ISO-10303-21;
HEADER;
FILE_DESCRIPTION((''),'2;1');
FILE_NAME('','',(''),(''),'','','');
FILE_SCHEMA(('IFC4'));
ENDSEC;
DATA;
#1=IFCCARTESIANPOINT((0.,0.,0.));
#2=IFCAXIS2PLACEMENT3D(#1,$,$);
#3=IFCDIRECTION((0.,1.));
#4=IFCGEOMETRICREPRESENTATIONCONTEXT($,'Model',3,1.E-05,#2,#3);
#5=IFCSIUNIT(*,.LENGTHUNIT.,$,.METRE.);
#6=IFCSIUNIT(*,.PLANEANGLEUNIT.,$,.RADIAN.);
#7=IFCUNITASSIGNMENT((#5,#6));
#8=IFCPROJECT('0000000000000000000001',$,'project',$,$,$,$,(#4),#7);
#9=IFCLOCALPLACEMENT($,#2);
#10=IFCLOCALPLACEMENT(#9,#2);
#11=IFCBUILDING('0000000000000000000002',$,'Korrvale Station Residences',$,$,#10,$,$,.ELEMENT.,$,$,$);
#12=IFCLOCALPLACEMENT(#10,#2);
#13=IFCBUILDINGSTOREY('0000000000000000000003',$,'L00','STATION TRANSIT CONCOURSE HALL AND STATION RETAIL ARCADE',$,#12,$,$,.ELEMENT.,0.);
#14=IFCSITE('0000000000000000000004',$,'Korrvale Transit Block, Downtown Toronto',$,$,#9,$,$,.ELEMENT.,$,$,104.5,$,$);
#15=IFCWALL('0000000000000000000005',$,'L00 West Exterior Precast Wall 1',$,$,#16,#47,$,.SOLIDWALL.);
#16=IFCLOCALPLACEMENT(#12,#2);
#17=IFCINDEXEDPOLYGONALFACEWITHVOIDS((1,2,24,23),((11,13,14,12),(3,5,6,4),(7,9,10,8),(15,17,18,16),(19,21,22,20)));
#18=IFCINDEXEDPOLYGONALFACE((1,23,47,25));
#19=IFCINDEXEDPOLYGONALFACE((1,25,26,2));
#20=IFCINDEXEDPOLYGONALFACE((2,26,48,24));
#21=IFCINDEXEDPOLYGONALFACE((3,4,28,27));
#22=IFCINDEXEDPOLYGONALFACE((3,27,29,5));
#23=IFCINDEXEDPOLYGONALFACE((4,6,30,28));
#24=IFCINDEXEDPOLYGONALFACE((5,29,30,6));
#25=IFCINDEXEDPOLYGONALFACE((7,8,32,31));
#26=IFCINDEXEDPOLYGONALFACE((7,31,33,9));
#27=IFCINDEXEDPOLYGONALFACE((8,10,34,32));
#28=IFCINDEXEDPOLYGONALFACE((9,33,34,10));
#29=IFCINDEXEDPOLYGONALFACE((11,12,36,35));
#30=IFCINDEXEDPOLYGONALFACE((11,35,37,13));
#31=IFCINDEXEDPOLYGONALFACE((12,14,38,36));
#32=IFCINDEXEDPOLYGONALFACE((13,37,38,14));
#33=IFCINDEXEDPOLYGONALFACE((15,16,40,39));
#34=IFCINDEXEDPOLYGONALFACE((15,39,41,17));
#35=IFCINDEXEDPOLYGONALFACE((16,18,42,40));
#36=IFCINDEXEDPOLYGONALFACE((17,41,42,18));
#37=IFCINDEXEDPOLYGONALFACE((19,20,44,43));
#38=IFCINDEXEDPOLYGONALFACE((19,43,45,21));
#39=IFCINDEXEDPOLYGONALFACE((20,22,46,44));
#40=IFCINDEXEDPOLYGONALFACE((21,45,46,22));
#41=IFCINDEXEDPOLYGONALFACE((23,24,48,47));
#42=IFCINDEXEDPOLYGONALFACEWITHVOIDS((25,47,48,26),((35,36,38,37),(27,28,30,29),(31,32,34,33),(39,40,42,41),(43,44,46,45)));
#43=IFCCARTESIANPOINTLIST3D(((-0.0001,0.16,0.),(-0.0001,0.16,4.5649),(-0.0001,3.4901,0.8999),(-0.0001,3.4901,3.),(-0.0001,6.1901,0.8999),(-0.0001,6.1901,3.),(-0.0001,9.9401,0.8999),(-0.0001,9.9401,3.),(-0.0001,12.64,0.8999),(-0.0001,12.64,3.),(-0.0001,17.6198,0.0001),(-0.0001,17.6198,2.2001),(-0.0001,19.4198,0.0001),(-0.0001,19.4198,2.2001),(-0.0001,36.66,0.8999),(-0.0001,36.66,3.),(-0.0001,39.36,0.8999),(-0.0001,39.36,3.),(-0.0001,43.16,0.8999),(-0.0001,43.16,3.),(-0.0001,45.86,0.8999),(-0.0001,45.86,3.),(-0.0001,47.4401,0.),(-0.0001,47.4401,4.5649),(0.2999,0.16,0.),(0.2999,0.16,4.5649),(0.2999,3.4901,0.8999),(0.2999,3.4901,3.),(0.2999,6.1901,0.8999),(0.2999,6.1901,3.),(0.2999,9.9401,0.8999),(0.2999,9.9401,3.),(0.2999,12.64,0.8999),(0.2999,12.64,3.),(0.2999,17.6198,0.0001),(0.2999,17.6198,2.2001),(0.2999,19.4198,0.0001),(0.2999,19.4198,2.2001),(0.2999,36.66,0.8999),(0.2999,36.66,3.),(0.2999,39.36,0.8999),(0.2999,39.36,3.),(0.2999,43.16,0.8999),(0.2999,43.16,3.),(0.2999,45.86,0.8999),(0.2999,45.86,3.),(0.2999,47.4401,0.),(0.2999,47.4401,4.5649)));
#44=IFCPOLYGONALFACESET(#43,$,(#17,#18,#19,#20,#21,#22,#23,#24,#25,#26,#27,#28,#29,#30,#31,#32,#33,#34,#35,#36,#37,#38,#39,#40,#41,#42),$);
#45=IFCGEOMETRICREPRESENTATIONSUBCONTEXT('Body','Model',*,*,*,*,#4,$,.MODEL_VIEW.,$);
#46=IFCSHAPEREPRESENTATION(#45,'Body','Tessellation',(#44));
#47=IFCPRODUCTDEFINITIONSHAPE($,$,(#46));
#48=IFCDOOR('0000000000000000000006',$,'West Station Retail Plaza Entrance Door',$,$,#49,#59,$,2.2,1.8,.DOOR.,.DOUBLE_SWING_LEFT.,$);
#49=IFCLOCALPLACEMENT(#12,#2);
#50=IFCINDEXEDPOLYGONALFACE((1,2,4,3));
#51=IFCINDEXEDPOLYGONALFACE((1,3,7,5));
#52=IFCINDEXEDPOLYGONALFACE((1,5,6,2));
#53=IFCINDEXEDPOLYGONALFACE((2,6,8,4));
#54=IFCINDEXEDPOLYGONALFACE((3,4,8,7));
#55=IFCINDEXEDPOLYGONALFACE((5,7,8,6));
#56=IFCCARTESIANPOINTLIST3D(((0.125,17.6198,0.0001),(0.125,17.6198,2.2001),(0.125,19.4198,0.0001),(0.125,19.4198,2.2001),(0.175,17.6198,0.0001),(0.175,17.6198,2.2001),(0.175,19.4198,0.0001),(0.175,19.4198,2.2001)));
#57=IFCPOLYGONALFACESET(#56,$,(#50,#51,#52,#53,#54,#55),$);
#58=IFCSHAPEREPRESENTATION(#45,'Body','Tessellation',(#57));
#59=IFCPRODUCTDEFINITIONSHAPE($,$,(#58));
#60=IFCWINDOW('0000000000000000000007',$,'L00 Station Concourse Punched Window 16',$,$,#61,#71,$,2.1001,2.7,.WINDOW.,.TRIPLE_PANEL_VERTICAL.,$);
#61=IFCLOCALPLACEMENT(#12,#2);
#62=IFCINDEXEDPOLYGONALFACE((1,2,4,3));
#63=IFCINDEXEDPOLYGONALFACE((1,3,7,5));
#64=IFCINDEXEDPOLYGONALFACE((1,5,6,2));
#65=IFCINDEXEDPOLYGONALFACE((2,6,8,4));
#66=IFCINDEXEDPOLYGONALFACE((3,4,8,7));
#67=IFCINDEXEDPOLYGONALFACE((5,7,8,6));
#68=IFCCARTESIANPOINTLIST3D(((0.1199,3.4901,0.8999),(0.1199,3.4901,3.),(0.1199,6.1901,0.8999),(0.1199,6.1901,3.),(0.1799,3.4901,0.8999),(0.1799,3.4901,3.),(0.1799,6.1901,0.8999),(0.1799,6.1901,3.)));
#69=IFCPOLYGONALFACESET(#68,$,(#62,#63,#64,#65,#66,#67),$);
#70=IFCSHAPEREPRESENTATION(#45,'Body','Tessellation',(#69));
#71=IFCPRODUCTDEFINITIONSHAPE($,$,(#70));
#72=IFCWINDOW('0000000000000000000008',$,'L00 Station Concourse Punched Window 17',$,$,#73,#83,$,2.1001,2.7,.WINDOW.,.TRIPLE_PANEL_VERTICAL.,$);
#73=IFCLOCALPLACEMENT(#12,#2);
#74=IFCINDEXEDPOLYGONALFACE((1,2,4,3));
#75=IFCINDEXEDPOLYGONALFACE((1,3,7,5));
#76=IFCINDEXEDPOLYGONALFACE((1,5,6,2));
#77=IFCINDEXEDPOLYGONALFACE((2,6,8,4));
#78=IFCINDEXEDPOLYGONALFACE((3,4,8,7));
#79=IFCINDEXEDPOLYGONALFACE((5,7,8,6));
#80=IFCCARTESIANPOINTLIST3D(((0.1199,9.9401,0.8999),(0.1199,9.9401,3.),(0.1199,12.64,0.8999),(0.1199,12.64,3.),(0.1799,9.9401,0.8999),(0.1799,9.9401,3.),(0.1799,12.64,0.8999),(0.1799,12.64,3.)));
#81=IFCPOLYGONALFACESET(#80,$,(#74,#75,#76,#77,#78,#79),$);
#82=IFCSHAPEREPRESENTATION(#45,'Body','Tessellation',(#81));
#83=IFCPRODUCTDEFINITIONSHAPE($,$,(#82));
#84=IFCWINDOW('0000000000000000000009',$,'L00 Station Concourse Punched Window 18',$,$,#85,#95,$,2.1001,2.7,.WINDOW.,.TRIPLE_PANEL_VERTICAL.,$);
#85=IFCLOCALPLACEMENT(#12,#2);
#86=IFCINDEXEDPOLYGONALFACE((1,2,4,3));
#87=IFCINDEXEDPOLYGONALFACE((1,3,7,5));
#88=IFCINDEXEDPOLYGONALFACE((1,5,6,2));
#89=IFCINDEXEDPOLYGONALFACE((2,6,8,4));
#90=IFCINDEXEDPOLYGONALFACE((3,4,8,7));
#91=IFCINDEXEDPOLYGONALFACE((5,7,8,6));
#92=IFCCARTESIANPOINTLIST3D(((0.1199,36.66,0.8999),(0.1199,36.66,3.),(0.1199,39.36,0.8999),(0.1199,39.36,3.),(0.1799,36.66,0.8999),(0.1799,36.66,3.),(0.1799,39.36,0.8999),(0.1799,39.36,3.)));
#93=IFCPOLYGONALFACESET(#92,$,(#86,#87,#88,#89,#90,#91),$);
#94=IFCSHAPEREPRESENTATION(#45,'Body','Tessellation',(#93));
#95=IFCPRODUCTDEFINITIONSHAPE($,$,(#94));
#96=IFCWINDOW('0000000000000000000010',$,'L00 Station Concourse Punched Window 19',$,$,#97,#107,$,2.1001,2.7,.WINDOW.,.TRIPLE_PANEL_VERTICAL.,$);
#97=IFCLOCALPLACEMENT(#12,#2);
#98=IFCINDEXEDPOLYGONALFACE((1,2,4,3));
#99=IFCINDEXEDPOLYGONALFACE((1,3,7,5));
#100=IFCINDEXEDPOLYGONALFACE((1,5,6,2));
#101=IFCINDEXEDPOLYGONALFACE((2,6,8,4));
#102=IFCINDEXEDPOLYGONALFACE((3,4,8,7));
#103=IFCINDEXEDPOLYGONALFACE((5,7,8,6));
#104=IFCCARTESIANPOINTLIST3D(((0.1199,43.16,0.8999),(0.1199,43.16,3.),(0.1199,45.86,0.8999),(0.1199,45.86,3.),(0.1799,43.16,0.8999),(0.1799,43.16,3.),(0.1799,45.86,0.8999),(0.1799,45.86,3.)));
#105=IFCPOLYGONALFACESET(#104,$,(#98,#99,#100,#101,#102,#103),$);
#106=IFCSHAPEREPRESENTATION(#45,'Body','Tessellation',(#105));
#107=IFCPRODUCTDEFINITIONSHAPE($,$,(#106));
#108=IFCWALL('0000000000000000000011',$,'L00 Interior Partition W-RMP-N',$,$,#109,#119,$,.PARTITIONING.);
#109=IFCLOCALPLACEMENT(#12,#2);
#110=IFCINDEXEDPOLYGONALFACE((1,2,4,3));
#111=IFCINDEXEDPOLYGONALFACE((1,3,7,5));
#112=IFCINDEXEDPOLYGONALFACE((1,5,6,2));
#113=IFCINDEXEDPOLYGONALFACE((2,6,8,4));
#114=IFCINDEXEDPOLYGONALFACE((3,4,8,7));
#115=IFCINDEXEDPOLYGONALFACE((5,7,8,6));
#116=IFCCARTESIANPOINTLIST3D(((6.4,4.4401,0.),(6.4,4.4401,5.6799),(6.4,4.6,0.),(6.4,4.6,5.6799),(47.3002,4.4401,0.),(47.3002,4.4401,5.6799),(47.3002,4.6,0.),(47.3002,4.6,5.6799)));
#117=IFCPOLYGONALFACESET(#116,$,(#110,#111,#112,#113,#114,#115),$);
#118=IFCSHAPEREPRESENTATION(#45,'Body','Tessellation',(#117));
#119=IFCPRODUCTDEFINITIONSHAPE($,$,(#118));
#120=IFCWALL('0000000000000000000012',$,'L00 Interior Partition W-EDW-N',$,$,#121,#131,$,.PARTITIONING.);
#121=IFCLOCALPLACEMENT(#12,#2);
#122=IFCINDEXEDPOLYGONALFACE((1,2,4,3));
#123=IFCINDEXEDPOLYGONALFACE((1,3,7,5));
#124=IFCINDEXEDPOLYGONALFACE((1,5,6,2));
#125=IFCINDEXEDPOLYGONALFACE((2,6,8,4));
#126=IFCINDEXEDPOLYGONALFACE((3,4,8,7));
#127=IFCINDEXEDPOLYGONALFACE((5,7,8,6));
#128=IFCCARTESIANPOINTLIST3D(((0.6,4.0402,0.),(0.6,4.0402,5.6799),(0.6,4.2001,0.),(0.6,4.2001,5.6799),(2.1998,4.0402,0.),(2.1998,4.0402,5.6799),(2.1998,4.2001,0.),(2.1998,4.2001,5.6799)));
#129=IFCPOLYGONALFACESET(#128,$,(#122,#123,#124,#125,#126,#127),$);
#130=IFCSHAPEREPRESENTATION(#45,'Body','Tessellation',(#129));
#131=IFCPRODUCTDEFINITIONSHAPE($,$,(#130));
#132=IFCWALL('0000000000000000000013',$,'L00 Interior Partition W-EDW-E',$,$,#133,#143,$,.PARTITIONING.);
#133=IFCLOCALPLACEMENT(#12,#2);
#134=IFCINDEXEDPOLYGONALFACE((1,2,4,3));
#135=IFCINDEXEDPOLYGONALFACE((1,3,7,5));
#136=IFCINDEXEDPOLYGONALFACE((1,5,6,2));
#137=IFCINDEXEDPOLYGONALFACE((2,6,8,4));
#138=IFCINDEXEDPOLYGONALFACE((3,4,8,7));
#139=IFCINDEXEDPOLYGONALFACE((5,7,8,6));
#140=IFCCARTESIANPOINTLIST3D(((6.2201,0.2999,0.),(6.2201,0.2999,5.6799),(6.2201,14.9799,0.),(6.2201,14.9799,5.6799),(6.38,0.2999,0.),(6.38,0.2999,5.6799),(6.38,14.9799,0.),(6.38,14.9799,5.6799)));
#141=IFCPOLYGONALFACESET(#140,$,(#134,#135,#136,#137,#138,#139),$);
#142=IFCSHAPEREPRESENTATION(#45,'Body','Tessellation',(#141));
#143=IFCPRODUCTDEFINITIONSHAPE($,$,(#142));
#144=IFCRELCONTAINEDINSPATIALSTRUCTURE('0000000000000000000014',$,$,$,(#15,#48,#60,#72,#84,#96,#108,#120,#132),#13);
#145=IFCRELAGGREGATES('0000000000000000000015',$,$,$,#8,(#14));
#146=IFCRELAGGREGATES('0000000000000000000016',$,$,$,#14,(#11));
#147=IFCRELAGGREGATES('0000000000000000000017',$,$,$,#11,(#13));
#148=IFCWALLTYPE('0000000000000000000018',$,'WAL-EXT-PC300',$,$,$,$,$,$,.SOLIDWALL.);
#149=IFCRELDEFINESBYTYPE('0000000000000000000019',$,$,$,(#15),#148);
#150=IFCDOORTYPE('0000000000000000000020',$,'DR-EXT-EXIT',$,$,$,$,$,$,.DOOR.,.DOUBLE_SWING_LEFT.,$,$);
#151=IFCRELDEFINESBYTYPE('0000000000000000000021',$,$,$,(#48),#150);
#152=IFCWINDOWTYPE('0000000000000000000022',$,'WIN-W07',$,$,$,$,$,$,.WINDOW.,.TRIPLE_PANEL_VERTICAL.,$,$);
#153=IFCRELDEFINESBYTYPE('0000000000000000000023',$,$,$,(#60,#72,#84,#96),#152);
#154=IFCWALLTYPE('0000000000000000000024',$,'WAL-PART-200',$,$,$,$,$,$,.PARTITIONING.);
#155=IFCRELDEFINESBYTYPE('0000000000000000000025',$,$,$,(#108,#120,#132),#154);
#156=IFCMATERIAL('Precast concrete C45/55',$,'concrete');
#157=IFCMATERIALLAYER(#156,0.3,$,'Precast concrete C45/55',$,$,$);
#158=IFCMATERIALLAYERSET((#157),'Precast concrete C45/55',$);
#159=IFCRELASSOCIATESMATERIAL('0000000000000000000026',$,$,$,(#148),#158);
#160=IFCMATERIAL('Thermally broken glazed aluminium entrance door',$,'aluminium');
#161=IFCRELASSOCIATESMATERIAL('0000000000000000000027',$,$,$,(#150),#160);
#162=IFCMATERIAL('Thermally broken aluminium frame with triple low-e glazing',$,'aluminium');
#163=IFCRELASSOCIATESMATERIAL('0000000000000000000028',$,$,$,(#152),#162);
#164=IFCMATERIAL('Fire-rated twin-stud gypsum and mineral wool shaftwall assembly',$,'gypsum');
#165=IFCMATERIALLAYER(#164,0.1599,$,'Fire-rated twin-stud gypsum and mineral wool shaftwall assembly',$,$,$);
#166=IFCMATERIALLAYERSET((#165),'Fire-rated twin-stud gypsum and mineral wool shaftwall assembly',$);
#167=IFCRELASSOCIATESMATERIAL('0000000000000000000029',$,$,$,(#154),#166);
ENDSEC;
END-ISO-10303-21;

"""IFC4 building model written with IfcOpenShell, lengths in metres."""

from ifc_helpers import new_model, si_unit, direction, frame, frame_2d, origin, place, context, subcontext, project, spatial, rectangle, extrude, material, layer, layer_set, type_object, element, fill, save


model = new_model("IFC4")

# Units and contexts
model_context = context("Model", 3, precision=1e-05, world=origin(), true_north=direction((0.0, 1.0)))
body_context = subcontext(model_context, "Body", "Model", "MODEL_VIEW")
ifc_project = project(units=[si_unit("LENGTHUNIT", "METRE"), si_unit("PLANEANGLEUNIT", "RADIAN")], contexts=[model_context])

# Site, building, storey
site_placement = place(None, origin())
site = spatial("IfcSite", under=ifc_project, at=site_placement, Name="Korrvale Transit Block, Downtown Toronto", CompositionType="ELEMENT", RefElevation=104.5)
building_placement = place(site_placement, origin())
building = spatial("IfcBuilding", under=site, at=building_placement, Name="Korrvale Station Residences", CompositionType="ELEMENT")
storey_placement = place(building_placement, origin())
storey = spatial("IfcBuildingStorey", under=building, at=storey_placement, Name="L00", Description="STATION TRANSIT CONCOURSE HALL AND STATION RETAIL ARCADE", CompositionType="ELEMENT", Elevation=0.0)

# Wall, openings, door, windows
ifc_material_1 = material(Name="Precast concrete C45/55", Category="concrete")
ifc_layer_1 = layer(ifc_material_1, 0.3, Name="Precast concrete C45/55")
ifc_layer_set_1 = layer_set([ifc_layer_1], Name="Precast concrete C45/55")
wall_type_1 = type_object("IfcWallType", Name="WAL-EXT-PC300", PredefinedType="SOLIDWALL", material=ifc_layer_set_1)
wall_1_placement = place(storey_placement, frame((0.1499, 0.1599, 0.0), z_axis=(0.0, 0.0, 1.0), x_axis=(0.0, 1.0, 0.0)))
wall_1 = element("IfcWall", 1, at=wall_1_placement, inside=storey, type_object=wall_type_1, Name="L00 West Exterior Precast Wall 1", PredefinedType="SOLIDWALL", context=body_context, shape_type="SweptSolid", body=[
    extrude(rectangle(XDim=47.28, YDim=0.3, at=frame_2d((23.6401, 0.0))), origin(), (0.0, 0.0, 1.0), 4.5649),
])
opening_1_placement = place(wall_1_placement, frame((17.46, 0.0, 0.0)))
opening_1 = element("IfcOpeningElement", 2, at=opening_1_placement, cuts=wall_1, PredefinedType="OPENING", context=body_context, shape_type="SweptSolid", body=[
    extrude(rectangle(XDim=1.8, YDim=2.2, at=frame_2d((0.8999, 1.1001))), frame((0.0, 0.1602, 0.0), z_axis=(0.0, -1.0, 0.0), x_axis=(1.0, 0.0, 0.0)), (0.0, 0.0, 1.0), 0.3201),
])
opening_2_placement = place(wall_1_placement, frame((3.3301, 0.0, 0.8999)))
opening_2 = element("IfcOpeningElement", 3, at=opening_2_placement, cuts=wall_1, PredefinedType="OPENING", context=body_context, shape_type="SweptSolid", body=[
    extrude(rectangle(XDim=2.7, YDim=2.1001, at=frame_2d((1.3501, 1.05))), frame((0.0, 0.1602, 0.0), z_axis=(0.0, -1.0, 0.0), x_axis=(1.0, 0.0, 0.0)), (0.0, 0.0, 1.0), 0.3201),
])
opening_3_placement = place(wall_1_placement, frame((9.78, 0.0, 0.8999)))
opening_3 = element("IfcOpeningElement", 4, at=opening_3_placement, cuts=wall_1, PredefinedType="OPENING", context=body_context, shape_type="SweptSolid", body=[
    extrude(rectangle(XDim=2.7, YDim=2.1001, at=frame_2d((1.3501, 1.05))), frame((0.0, 0.1602, 0.0), z_axis=(0.0, -1.0, 0.0), x_axis=(1.0, 0.0, 0.0)), (0.0, 0.0, 1.0), 0.3201),
])
opening_4_placement = place(wall_1_placement, frame((36.5, 0.0, 0.8999)))
opening_4 = element("IfcOpeningElement", 5, at=opening_4_placement, cuts=wall_1, PredefinedType="OPENING", context=body_context, shape_type="SweptSolid", body=[
    extrude(rectangle(XDim=2.7, YDim=2.1001, at=frame_2d((1.3501, 1.05))), frame((0.0, 0.1602, 0.0), z_axis=(0.0, -1.0, 0.0), x_axis=(1.0, 0.0, 0.0)), (0.0, 0.0, 1.0), 0.3201),
])
opening_5_placement = place(wall_1_placement, frame((43.0, 0.0, 0.8999)))
opening_5 = element("IfcOpeningElement", 6, at=opening_5_placement, cuts=wall_1, PredefinedType="OPENING", context=body_context, shape_type="SweptSolid", body=[
    extrude(rectangle(XDim=2.7, YDim=2.1001, at=frame_2d((1.3501, 1.05))), frame((0.0, 0.1602, 0.0), z_axis=(0.0, -1.0, 0.0), x_axis=(1.0, 0.0, 0.0)), (0.0, 0.0, 1.0), 0.3201),
])
ifc_material_2 = material(Name="Thermally broken glazed aluminium entrance door", Category="aluminium")
door_type_1 = type_object("IfcDoorType", Name="DR-EXT-EXIT", OperationType="DOUBLE_SWING_LEFT", PredefinedType="DOOR", material=ifc_material_2)
door_1_placement = place(opening_1_placement, origin())
door_1 = element("IfcDoor", 7, at=door_1_placement, inside=storey, type_object=door_type_1, Name="West Station Retail Plaza Entrance Door", OperationType="DOUBLE_SWING_LEFT", OverallHeight=2.2, OverallWidth=1.8, PredefinedType="DOOR", context=body_context, shape_type="SweptSolid", body=[
    extrude(rectangle(XDim=1.8, YDim=2.2, at=frame_2d((0.8999, 1.1001))), frame((0.0, 0.0249, 0.0), z_axis=(0.0, -1.0, 0.0), x_axis=(1.0, 0.0, 0.0)), (0.0, 0.0, 1.0), 0.05),
])
fill(opening_1, door_1)
ifc_material_3 = material(Name="Thermally broken aluminium frame with triple low-e glazing", Category="aluminium")
window_type = type_object("IfcWindowType", Name="WIN-W07", PartitioningType="TRIPLE_PANEL_VERTICAL", PredefinedType="WINDOW", material=ifc_material_3)
window_1_placement = place(opening_2_placement, origin())
window_1 = element("IfcWindow", 8, at=window_1_placement, inside=storey, type_object=window_type, Name="L00 Station Concourse Punched Window 16", OverallHeight=2.1001, OverallWidth=2.7, PartitioningType="TRIPLE_PANEL_VERTICAL", PredefinedType="WINDOW", context=body_context, shape_type="SweptSolid", body=[
    extrude(rectangle(XDim=2.7, YDim=2.1001, at=frame_2d((1.3501, 1.05))), frame((0.0, 0.03, 0.0), z_axis=(0.0, -1.0, 0.0), x_axis=(1.0, 0.0, 0.0)), (0.0, 0.0, 1.0), 0.0601),
])
fill(opening_2, window_1)
window_2_placement = place(opening_3_placement, origin())
window_2 = element("IfcWindow", 9, at=window_2_placement, inside=storey, type_object=window_type, Name="L00 Station Concourse Punched Window 17", OverallHeight=2.1001, OverallWidth=2.7, PartitioningType="TRIPLE_PANEL_VERTICAL", PredefinedType="WINDOW", context=body_context, shape_type="SweptSolid", body=[
    extrude(rectangle(XDim=2.7, YDim=2.1001, at=frame_2d((1.3501, 1.05))), frame((0.0, 0.03, 0.0), z_axis=(0.0, -1.0, 0.0), x_axis=(1.0, 0.0, 0.0)), (0.0, 0.0, 1.0), 0.0601),
])
fill(opening_3, window_2)
window_3_placement = place(opening_4_placement, origin())
window_3 = element("IfcWindow", 10, at=window_3_placement, inside=storey, type_object=window_type, Name="L00 Station Concourse Punched Window 18", OverallHeight=2.1001, OverallWidth=2.7, PartitioningType="TRIPLE_PANEL_VERTICAL", PredefinedType="WINDOW", context=body_context, shape_type="SweptSolid", body=[
    extrude(rectangle(XDim=2.7, YDim=2.1001, at=frame_2d((1.3501, 1.05))), frame((0.0, 0.03, 0.0), z_axis=(0.0, -1.0, 0.0), x_axis=(1.0, 0.0, 0.0)), (0.0, 0.0, 1.0), 0.0601),
])
fill(opening_4, window_3)
window_4_placement = place(opening_5_placement, origin())
window_4 = element("IfcWindow", 11, at=window_4_placement, inside=storey, type_object=window_type, Name="L00 Station Concourse Punched Window 19", OverallHeight=2.1001, OverallWidth=2.7, PartitioningType="TRIPLE_PANEL_VERTICAL", PredefinedType="WINDOW", context=body_context, shape_type="SweptSolid", body=[
    extrude(rectangle(XDim=2.7, YDim=2.1001, at=frame_2d((1.3501, 1.05))), frame((0.0, 0.03, 0.0), z_axis=(0.0, -1.0, 0.0), x_axis=(1.0, 0.0, 0.0)), (0.0, 0.0, 1.0), 0.0601),
])
fill(opening_5, window_4)

# Walls
ifc_material_4 = material(Name="Fire-rated twin-stud gypsum and mineral wool shaftwall assembly", Category="gypsum")
ifc_layer_2 = layer(ifc_material_4, 0.1599, Name="Fire-rated twin-stud gypsum and mineral wool shaftwall assembly")
ifc_layer_set_2 = layer_set([ifc_layer_2], Name="Fire-rated twin-stud gypsum and mineral wool shaftwall assembly")
wall_type_2 = type_object("IfcWallType", Name="WAL-PART-200", PredefinedType="PARTITIONING", material=ifc_layer_set_2)
wall_2_placement = place(storey_placement, frame((6.3999, 4.52, 0.0), z_axis=(0.0, 0.0, 1.0), x_axis=(1.0, 0.0, 0.0)))
element("IfcWall", 12, at=wall_2_placement, inside=storey, type_object=wall_type_2, Name="L00 Interior Partition W-RMP-N", PredefinedType="PARTITIONING", context=body_context, shape_type="SweptSolid", body=[
    extrude(rectangle(XDim=40.9001, YDim=0.1599, at=frame_2d((20.4502, 0.0))), origin(), (0.0, 0.0, 1.0), 5.6799),
])
wall_3_placement = place(storey_placement, frame((0.6001, 4.1201, 0.0), z_axis=(0.0, 0.0, 1.0), x_axis=(1.0, 0.0, 0.0)))
element("IfcWall", 13, at=wall_3_placement, inside=storey, type_object=wall_type_2, Name="L00 Interior Partition W-EDW-N", PredefinedType="PARTITIONING", context=body_context, shape_type="SweptSolid", body=[
    extrude(rectangle(XDim=1.5999, YDim=0.1599, at=frame_2d((0.7998, 0.0))), origin(), (0.0, 0.0, 1.0), 5.6799),
])
wall_4_placement = place(storey_placement, frame((6.3, 0.3, 0.0), z_axis=(0.0, 0.0, 1.0), x_axis=(0.0, 1.0, 0.0)))
element("IfcWall", 14, at=wall_4_placement, inside=storey, type_object=wall_type_2, Name="L00 Interior Partition W-EDW-E", PredefinedType="PARTITIONING", context=body_context, shape_type="SweptSolid", body=[
    extrude(rectangle(XDim=14.6799, YDim=0.1599, at=frame_2d((7.3398, 0.0))), origin(), (0.0, 0.0, 1.0), 5.6799),
])

save(model, "model.ifc")
